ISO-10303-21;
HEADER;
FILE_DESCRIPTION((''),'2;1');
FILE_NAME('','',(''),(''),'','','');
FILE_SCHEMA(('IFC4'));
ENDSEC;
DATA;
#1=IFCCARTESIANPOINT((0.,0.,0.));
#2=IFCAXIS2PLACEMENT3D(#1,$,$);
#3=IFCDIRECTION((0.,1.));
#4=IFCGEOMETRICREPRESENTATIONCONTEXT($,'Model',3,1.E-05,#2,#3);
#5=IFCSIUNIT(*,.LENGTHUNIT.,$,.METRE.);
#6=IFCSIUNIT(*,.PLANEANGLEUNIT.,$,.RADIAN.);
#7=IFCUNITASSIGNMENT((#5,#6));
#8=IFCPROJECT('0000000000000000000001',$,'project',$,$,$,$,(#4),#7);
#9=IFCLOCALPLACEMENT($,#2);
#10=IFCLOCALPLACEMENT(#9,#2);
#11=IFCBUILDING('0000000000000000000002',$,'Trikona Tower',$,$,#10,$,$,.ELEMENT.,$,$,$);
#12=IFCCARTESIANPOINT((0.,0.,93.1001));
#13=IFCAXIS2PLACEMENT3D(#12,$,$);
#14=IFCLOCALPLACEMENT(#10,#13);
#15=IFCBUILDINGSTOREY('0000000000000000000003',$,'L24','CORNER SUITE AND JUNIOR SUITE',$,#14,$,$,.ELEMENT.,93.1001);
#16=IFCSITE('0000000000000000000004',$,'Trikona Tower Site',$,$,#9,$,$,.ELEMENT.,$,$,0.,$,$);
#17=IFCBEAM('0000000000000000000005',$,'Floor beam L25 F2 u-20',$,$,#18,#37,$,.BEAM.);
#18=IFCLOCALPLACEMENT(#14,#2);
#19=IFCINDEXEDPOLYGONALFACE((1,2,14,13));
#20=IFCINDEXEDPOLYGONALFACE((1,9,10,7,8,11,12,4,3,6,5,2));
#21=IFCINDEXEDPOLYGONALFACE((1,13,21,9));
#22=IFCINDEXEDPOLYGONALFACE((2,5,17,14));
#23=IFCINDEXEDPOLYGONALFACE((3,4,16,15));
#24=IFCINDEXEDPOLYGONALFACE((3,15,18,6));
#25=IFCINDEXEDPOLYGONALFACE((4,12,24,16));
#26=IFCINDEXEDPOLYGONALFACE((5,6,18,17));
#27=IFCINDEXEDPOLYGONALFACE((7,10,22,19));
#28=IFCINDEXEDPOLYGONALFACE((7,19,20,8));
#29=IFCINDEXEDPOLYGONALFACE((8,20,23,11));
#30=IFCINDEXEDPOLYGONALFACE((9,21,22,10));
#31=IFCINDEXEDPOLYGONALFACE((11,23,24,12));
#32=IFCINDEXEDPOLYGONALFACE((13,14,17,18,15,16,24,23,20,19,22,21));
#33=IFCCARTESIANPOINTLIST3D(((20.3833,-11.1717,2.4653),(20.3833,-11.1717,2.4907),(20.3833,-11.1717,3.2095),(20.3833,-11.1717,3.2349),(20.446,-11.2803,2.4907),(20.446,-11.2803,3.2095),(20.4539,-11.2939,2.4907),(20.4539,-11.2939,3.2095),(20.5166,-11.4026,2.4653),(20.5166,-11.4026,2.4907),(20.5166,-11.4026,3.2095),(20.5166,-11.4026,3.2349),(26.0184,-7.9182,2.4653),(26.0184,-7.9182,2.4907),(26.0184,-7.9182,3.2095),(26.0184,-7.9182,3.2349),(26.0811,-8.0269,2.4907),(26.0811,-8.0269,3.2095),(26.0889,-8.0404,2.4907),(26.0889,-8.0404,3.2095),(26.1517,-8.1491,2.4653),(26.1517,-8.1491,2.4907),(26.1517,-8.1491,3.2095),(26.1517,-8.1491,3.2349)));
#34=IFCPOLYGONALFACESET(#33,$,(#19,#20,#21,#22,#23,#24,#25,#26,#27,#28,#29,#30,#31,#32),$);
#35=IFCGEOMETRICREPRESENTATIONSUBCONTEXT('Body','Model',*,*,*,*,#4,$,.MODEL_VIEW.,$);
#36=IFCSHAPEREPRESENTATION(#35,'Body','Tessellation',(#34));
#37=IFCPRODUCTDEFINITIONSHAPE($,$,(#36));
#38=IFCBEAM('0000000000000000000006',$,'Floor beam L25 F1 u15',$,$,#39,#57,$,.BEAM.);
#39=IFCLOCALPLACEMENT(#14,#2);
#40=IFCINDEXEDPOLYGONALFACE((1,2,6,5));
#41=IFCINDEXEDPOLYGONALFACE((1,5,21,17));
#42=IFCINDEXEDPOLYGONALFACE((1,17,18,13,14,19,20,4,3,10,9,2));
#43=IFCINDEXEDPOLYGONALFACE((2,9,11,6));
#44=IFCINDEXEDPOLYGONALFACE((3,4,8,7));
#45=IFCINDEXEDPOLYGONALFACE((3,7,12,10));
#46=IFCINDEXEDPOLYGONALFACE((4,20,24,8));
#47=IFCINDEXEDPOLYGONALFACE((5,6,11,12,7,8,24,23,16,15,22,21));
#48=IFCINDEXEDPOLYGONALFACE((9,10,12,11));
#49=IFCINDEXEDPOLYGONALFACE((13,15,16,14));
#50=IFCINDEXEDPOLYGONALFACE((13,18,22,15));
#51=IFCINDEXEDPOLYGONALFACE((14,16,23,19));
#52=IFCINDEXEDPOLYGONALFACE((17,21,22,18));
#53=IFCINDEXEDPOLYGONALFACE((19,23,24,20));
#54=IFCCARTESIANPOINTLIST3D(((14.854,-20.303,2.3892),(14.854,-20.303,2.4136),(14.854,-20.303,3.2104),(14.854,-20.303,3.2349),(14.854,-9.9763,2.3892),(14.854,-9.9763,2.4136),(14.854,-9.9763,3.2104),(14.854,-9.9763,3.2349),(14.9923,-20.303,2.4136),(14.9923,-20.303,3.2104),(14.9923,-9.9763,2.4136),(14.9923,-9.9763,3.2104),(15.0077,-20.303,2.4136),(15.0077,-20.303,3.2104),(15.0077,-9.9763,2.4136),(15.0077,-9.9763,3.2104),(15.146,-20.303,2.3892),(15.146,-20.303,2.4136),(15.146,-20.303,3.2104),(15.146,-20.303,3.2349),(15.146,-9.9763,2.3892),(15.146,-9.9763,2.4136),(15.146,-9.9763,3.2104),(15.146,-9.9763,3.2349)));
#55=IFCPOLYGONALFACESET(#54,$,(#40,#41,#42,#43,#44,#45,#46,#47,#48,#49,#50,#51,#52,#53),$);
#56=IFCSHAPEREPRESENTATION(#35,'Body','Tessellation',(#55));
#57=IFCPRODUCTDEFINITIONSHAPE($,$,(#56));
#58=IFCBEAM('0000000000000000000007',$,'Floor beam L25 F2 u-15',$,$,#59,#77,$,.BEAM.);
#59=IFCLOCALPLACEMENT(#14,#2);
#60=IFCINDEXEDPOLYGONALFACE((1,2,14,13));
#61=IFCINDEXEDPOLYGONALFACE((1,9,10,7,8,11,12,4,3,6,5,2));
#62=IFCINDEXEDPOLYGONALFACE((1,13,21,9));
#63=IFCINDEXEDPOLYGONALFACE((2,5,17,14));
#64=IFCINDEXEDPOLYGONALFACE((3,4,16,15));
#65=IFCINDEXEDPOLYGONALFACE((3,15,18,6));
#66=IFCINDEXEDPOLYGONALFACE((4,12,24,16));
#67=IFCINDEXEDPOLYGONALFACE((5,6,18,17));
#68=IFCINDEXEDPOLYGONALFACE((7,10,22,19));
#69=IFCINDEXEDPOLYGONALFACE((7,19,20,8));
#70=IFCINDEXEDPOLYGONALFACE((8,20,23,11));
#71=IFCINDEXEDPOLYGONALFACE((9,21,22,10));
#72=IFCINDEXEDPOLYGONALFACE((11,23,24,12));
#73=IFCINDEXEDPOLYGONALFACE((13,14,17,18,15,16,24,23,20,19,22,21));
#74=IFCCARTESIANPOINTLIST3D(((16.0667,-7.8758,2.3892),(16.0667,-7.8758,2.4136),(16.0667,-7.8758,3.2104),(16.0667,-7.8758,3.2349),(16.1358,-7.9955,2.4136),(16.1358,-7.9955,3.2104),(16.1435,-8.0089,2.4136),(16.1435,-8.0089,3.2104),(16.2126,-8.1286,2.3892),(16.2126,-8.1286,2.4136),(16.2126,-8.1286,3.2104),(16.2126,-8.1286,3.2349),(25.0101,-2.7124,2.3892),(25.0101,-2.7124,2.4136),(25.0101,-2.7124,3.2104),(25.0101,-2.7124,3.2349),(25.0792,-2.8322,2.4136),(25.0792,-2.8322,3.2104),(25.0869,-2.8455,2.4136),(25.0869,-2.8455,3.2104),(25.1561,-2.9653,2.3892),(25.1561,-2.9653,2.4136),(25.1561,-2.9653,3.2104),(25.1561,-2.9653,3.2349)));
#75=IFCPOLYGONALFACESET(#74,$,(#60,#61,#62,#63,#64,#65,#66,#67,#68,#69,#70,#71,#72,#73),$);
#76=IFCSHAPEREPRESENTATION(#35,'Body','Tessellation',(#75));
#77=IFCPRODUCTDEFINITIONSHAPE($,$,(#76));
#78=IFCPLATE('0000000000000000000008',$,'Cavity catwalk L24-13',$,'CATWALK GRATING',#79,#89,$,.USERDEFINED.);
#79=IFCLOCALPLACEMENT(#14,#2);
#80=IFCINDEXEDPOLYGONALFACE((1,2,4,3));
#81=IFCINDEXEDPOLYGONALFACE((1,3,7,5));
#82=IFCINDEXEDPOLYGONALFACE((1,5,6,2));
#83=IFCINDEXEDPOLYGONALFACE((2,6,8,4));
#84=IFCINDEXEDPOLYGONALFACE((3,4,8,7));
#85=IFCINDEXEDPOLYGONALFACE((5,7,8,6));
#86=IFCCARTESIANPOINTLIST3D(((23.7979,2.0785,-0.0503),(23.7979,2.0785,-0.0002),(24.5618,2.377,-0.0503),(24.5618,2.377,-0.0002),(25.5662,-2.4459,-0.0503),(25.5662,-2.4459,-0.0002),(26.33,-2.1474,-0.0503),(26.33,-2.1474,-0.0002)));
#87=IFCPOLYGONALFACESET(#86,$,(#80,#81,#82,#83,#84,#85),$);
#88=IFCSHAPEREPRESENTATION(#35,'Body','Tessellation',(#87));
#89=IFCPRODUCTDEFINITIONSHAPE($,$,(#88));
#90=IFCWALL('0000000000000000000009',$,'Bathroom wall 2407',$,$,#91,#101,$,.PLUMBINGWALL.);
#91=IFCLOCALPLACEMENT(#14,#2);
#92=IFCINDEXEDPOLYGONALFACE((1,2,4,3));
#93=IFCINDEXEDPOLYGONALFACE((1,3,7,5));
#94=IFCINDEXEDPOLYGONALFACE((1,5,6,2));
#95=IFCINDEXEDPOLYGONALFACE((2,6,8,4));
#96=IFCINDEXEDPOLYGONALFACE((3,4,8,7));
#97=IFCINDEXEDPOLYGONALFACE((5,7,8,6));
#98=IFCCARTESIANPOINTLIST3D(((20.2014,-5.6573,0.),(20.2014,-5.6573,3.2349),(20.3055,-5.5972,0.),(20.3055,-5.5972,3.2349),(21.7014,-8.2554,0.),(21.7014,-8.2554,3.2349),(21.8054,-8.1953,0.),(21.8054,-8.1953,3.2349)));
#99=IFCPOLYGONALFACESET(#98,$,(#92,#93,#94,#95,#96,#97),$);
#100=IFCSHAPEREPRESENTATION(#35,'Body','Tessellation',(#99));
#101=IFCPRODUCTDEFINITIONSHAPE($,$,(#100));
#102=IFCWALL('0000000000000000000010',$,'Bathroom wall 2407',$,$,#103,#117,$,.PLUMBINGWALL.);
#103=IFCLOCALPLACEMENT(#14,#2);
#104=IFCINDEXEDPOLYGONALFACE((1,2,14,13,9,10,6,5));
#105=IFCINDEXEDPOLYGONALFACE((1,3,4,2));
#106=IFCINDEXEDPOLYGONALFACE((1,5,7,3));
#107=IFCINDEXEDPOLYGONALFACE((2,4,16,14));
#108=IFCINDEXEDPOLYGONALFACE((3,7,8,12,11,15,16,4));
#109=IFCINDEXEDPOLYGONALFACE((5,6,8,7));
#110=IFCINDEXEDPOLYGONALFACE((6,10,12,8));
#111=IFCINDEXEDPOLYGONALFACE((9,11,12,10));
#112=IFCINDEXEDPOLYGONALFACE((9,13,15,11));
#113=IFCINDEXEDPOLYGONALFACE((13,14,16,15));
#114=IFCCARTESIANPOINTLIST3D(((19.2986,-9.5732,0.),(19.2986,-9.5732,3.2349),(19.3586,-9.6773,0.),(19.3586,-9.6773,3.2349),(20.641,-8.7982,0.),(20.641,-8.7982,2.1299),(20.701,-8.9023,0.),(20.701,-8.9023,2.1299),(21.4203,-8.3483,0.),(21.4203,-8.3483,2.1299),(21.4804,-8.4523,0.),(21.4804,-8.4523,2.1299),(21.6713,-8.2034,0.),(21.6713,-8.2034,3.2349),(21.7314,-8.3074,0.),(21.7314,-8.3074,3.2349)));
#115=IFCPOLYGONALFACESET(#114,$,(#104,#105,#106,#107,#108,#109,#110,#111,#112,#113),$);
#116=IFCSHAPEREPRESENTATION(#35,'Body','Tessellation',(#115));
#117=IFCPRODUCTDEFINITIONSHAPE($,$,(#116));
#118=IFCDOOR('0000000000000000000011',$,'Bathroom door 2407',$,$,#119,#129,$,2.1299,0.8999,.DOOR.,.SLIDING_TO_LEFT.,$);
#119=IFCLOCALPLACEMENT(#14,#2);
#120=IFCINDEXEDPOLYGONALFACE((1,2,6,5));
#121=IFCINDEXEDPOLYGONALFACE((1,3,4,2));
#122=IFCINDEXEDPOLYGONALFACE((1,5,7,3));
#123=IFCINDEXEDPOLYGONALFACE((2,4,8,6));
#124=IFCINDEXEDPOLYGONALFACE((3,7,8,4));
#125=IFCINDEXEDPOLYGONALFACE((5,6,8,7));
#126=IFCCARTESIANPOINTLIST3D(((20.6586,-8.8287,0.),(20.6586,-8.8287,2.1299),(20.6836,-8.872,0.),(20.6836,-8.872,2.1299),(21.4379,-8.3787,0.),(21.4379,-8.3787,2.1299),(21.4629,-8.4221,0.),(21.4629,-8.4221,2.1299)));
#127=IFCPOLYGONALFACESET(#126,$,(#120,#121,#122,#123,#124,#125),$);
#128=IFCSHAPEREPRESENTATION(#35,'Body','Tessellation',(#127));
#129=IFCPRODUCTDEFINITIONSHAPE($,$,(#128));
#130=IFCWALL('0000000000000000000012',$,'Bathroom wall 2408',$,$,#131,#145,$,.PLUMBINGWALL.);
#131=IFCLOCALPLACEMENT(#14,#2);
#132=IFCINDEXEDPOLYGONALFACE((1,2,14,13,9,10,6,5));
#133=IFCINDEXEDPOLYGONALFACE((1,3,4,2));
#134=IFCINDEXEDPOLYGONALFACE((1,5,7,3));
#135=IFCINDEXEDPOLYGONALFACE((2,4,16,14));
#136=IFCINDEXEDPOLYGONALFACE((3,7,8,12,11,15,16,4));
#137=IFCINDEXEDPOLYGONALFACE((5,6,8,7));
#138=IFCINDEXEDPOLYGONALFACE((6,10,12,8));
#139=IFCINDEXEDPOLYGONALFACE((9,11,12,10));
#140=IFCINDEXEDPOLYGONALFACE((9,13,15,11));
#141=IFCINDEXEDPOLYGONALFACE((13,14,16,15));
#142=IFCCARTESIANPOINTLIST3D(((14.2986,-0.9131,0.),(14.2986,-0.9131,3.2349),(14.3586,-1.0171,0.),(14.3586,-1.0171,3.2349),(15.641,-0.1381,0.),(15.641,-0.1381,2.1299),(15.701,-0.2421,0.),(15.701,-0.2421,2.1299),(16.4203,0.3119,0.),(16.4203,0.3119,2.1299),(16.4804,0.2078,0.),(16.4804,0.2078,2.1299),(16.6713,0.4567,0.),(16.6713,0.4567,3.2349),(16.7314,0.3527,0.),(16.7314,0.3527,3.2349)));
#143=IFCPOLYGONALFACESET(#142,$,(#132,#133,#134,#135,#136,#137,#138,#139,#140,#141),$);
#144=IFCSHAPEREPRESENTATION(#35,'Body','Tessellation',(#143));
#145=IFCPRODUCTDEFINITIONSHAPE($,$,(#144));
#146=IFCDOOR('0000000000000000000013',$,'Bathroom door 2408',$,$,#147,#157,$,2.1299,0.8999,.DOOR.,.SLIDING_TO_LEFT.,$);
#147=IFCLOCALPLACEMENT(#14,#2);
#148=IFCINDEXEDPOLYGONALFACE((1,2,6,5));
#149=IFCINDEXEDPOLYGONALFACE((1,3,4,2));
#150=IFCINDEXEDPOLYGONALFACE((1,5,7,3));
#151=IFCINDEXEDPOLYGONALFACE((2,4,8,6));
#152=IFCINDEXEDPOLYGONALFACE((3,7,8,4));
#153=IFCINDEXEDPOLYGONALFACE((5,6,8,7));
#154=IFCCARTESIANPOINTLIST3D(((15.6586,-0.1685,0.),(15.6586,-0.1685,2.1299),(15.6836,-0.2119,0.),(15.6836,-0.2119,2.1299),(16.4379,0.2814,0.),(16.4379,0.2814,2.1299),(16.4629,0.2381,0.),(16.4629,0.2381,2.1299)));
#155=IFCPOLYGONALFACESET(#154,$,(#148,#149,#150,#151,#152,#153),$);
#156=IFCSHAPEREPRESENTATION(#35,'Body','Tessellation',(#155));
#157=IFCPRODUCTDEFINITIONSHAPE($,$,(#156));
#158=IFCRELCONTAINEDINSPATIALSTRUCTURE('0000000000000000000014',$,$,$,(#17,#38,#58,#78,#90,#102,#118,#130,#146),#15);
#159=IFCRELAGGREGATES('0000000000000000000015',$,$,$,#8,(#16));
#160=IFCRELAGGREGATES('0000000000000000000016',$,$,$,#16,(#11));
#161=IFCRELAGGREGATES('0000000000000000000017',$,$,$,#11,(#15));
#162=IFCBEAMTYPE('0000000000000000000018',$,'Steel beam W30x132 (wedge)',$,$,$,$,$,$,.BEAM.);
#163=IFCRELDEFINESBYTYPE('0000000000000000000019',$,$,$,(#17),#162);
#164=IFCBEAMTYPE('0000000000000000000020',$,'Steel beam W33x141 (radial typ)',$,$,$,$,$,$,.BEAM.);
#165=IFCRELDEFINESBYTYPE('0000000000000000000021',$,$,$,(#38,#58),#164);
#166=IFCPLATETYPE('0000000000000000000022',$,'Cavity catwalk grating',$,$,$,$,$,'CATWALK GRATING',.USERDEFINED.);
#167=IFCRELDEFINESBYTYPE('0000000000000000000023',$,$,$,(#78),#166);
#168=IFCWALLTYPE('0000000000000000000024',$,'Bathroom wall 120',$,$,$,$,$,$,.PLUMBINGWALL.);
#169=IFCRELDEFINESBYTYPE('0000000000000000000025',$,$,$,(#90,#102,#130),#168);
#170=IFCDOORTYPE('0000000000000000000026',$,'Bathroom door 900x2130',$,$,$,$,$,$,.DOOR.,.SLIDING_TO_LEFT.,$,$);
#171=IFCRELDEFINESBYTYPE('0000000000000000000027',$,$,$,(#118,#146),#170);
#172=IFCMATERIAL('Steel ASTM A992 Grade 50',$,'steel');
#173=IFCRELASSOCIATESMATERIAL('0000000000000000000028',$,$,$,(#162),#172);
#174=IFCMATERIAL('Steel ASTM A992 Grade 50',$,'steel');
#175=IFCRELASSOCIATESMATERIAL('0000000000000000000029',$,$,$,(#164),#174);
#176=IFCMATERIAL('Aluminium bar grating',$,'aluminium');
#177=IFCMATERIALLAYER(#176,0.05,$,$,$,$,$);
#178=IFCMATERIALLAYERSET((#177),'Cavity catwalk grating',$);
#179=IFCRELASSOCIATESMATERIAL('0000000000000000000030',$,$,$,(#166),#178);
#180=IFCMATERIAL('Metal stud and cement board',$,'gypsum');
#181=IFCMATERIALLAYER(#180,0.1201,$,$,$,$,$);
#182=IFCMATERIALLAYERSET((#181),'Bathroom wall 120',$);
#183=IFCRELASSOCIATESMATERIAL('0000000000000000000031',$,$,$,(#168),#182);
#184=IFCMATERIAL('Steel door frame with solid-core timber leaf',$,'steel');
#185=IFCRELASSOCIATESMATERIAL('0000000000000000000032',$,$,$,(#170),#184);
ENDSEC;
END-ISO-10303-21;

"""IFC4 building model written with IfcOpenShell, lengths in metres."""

from ifc_helpers import new_model, si_unit, direction, frame, frame_2d, origin, origin_2d, place, context, subcontext, project, spatial, rectangle, i_section, extrude, material, layer, layer_set, material_profile, profile_set, type_object, element, fill, save


model = new_model("IFC4")

# Units and contexts
model_context = context("Model", 3, precision=1e-05, world=origin(), true_north=direction((0.0, 1.0)))
body_context = subcontext(model_context, "Body", "Model", "MODEL_VIEW")
ifc_project = project(units=[si_unit("LENGTHUNIT", "METRE"), si_unit("PLANEANGLEUNIT", "RADIAN")], contexts=[model_context])

# Site, building, storey
site_placement = place(None, origin())
site = spatial("IfcSite", under=ifc_project, at=site_placement, Name="Trikona Tower Site", CompositionType="ELEMENT", RefElevation=0.0)
building_placement = place(site_placement, origin())
building = spatial("IfcBuilding", under=site, at=building_placement, Name="Trikona Tower", CompositionType="ELEMENT")
storey_placement = place(building_placement, frame((0.0, 0.0, 93.1001)))
storey = spatial("IfcBuildingStorey", under=building, at=storey_placement, Name="L24", Description="CORNER SUITE AND JUNIOR SUITE", CompositionType="ELEMENT", Elevation=93.1001)

# Beams
ifc_material_1 = material(Name="Steel ASTM A992 Grade 50", Category="steel")
ifc_material_profile_1 = material_profile(ifc_material_1, i_section(OverallWidth=0.2666, OverallDepth=0.7695, WebThickness=0.0156, FlangeThickness=0.0254, at=origin_2d()), Name="W30X132")
ifc_profile_set_1 = profile_set([ifc_material_profile_1], Name="Steel ASTM A992 Grade 50")
beam_type_1 = type_object("IfcBeamType", Name="Steel beam W30x132 (wedge)", PredefinedType="BEAM", material=ifc_profile_set_1)
beam_1_placement = place(storey_placement, frame((20.45, -11.2871, 2.8501), z_axis=(0.866023, 0.500005, 0.0), x_axis=(-0.500005, 0.866023, 0.0)))
element("IfcBeam", 1, at=beam_1_placement, inside=storey, type_object=beam_type_1, Name="Floor beam L25 F2 u-20", PredefinedType="BEAM", context=body_context, shape_type="SweptSolid", body=[
    extrude(i_section(OverallWidth=0.2666, OverallDepth=0.7695, WebThickness=0.0156, FlangeThickness=0.0254, at=origin_2d()), origin(), (0.0, 0.0, 1.0), 6.5068),
])
ifc_material_2 = material(Name="Steel ASTM A992 Grade 50", Category="steel")
ifc_material_profile_2 = material_profile(ifc_material_2, i_section(OverallWidth=0.292, OverallDepth=0.8457, WebThickness=0.0154, FlangeThickness=0.0244, at=origin_2d()), Name="W33X141")
ifc_profile_set_2 = profile_set([ifc_material_profile_2], Name="Steel ASTM A992 Grade 50")
beam_type_2 = type_object("IfcBeamType", Name="Steel beam W33x141 (radial typ)", PredefinedType="BEAM", material=ifc_profile_set_2)
beam_2_placement = place(storey_placement, frame((15.0, -9.9763, 2.812), z_axis=(0.0, -1.0, 0.0), x_axis=(1.0, 0.0, 0.0)))
element("IfcBeam", 2, at=beam_2_placement, inside=storey, type_object=beam_type_2, Name="Floor beam L25 F1 u15", PredefinedType="BEAM", context=body_context, shape_type="SweptSolid", body=[
    extrude(i_section(OverallWidth=0.292, OverallDepth=0.8457, WebThickness=0.0154, FlangeThickness=0.0244, at=origin_2d()), origin(), (0.0, 0.0, 1.0), 10.3267),
])
beam_3_placement = place(storey_placement, frame((16.1396, -8.0022, 2.812), z_axis=(0.86603, 0.499991, 0.0), x_axis=(-0.499991, 0.86603, 0.0)))
element("IfcBeam", 3, at=beam_3_placement, inside=storey, type_object=beam_type_2, Name="Floor beam L25 F2 u-15", PredefinedType="BEAM", context=body_context, shape_type="SweptSolid", body=[
    extrude(i_section(OverallWidth=0.292, OverallDepth=0.8457, WebThickness=0.0154, FlangeThickness=0.0244, at=origin_2d()), origin(), (0.0, 0.0, 1.0), 10.3269),
])

# Plate
ifc_material_3 = material(Name="Aluminium bar grating", Category="aluminium")
ifc_layer_1 = layer(ifc_material_3, 0.05)
ifc_layer_set_1 = layer_set([ifc_layer_1], Name="Cavity catwalk grating")
plate_type = type_object("IfcPlateType", Name="Cavity catwalk grating", ElementType="CATWALK GRATING", PredefinedType="USERDEFINED", material=ifc_layer_set_1)
plate_placement = place(storey_placement, frame((25.064, -0.0344, -0.0503), z_axis=(0.0, 0.0, 1.0), x_axis=(-0.364009, 0.931395, 0.0)))
element("IfcPlate", 4, at=plate_placement, inside=storey, type_object=plate_type, Name="Cavity catwalk L24-13", ObjectType="CATWALK GRATING", PredefinedType="USERDEFINED", context=body_context, shape_type="SweptSolid", body=[
    extrude(rectangle(XDim=4.8577, YDim=0.8201, at=origin_2d()), origin(), (0.0, 0.0, 1.0), 0.05),
])

# Wall
ifc_material_4 = material(Name="Metal stud and cement board", Category="gypsum")
ifc_layer_2 = layer(ifc_material_4, 0.1201)
ifc_layer_set_2 = layer_set([ifc_layer_2], Name="Bathroom wall 120")
wall_type_1 = type_object("IfcWallType", Name="Bathroom wall 120", PredefinedType="PLUMBINGWALL", material=ifc_layer_set_2)
wall_1_placement = place(storey_placement, frame((21.7534, -8.2253, 0.0), z_axis=(0.0, 0.0, 1.0), x_axis=(-0.49999, 0.866031, 0.0)))
element("IfcWall", 5, at=wall_1_placement, inside=storey, type_object=wall_type_1, Name="Bathroom wall 2407", PredefinedType="PLUMBINGWALL", context=body_context, shape_type="SweptSolid", body=[
    extrude(rectangle(XDim=3.0, YDim=0.1201, at=frame_2d((1.5, 0.0))), origin(), (0.0, 0.0, 1.0), 3.2349),
])

# Walls, openings, doors
wall_2_placement = place(storey_placement, frame((19.3286, -9.6252, 0.0), z_axis=(0.0, 0.0, 1.0), x_axis=(0.866036, 0.499982, 0.0)))
wall_2 = element("IfcWall", 6, at=wall_2_placement, inside=storey, type_object=wall_type_1, Name="Bathroom wall 2407", PredefinedType="PLUMBINGWALL", context=body_context, shape_type="SweptSolid", body=[
    extrude(rectangle(XDim=2.7397, YDim=0.1201, at=frame_2d((1.3699, 0.0))), origin(), (0.0, 0.0, 1.0), 3.2349),
])
opening_1_placement = place(wall_2_placement, frame((1.55, 0.0, 0.0)))
opening_1 = element("IfcOpeningElement", 7, at=opening_1_placement, cuts=wall_2, PredefinedType="OPENING", context=body_context, shape_type="SweptSolid", body=[
    extrude(rectangle(XDim=0.8999, YDim=2.1299, at=frame_2d((0.45, 1.0649))), frame((0.0, 0.0701, 0.0), z_axis=(0.0, -1.0, 0.0), x_axis=(1.0, 0.0, 0.0)), (0.0, 0.0, 1.0), 0.1401),
])
ifc_material_5 = material(Name="Steel door frame with solid-core timber leaf", Category="steel")
door_type_1 = type_object("IfcDoorType", Name="Bathroom door 900x2130", OperationType="SLIDING_TO_LEFT", PredefinedType="DOOR", material=ifc_material_5)
door_1_placement = place(opening_1_placement, origin())
door_1 = element("IfcDoor", 8, at=door_1_placement, inside=storey, type_object=door_type_1, Name="Bathroom door 2407", OperationType="SLIDING_TO_LEFT", OverallHeight=2.1299, OverallWidth=0.8999, PredefinedType="DOOR", context=body_context, shape_type="SweptSolid", body=[
    extrude(rectangle(XDim=0.8999, YDim=2.1299, at=frame_2d((0.45, 1.0649))), frame((0.0, 0.0249, 0.0), z_axis=(0.0, -1.0, 0.0), x_axis=(1.0, 0.0, 0.0)), (0.0, 0.0, 1.0), 0.05),
])
fill(opening_1, door_1)
wall_3_placement = place(storey_placement, frame((14.3286, -0.9651, 0.0), z_axis=(0.0, 0.0, 1.0), x_axis=(0.866036, 0.499982, 0.0)))
wall_3 = element("IfcWall", 9, at=wall_3_placement, inside=storey, type_object=wall_type_1, Name="Bathroom wall 2408", PredefinedType="PLUMBINGWALL", context=body_context, shape_type="SweptSolid", body=[
    extrude(rectangle(XDim=2.7397, YDim=0.1201, at=frame_2d((1.3699, 0.0))), origin(), (0.0, 0.0, 1.0), 3.2349),
])
opening_2_placement = place(wall_3_placement, frame((1.55, 0.0, 0.0)))
opening_2 = element("IfcOpeningElement", 10, at=opening_2_placement, cuts=wall_3, PredefinedType="OPENING", context=body_context, shape_type="SweptSolid", body=[
    extrude(rectangle(XDim=0.8999, YDim=2.1299, at=frame_2d((0.45, 1.0649))), frame((0.0, 0.0701, 0.0), z_axis=(0.0, -1.0, 0.0), x_axis=(1.0, 0.0, 0.0)), (0.0, 0.0, 1.0), 0.1401),
])
door_2_placement = place(opening_2_placement, origin())
door_2 = element("IfcDoor", 11, at=door_2_placement, inside=storey, type_object=door_type_1, Name="Bathroom door 2408", OperationType="SLIDING_TO_LEFT", OverallHeight=2.1299, OverallWidth=0.8999, PredefinedType="DOOR", context=body_context, shape_type="SweptSolid", body=[
    extrude(rectangle(XDim=0.8999, YDim=2.1299, at=frame_2d((0.45, 1.0649))), frame((0.0, 0.0249, 0.0), z_axis=(0.0, -1.0, 0.0), x_axis=(1.0, 0.0, 0.0)), (0.0, 0.0, 1.0), 0.05),
])
fill(opening_2, door_2)

save(model, "model.ifc")
